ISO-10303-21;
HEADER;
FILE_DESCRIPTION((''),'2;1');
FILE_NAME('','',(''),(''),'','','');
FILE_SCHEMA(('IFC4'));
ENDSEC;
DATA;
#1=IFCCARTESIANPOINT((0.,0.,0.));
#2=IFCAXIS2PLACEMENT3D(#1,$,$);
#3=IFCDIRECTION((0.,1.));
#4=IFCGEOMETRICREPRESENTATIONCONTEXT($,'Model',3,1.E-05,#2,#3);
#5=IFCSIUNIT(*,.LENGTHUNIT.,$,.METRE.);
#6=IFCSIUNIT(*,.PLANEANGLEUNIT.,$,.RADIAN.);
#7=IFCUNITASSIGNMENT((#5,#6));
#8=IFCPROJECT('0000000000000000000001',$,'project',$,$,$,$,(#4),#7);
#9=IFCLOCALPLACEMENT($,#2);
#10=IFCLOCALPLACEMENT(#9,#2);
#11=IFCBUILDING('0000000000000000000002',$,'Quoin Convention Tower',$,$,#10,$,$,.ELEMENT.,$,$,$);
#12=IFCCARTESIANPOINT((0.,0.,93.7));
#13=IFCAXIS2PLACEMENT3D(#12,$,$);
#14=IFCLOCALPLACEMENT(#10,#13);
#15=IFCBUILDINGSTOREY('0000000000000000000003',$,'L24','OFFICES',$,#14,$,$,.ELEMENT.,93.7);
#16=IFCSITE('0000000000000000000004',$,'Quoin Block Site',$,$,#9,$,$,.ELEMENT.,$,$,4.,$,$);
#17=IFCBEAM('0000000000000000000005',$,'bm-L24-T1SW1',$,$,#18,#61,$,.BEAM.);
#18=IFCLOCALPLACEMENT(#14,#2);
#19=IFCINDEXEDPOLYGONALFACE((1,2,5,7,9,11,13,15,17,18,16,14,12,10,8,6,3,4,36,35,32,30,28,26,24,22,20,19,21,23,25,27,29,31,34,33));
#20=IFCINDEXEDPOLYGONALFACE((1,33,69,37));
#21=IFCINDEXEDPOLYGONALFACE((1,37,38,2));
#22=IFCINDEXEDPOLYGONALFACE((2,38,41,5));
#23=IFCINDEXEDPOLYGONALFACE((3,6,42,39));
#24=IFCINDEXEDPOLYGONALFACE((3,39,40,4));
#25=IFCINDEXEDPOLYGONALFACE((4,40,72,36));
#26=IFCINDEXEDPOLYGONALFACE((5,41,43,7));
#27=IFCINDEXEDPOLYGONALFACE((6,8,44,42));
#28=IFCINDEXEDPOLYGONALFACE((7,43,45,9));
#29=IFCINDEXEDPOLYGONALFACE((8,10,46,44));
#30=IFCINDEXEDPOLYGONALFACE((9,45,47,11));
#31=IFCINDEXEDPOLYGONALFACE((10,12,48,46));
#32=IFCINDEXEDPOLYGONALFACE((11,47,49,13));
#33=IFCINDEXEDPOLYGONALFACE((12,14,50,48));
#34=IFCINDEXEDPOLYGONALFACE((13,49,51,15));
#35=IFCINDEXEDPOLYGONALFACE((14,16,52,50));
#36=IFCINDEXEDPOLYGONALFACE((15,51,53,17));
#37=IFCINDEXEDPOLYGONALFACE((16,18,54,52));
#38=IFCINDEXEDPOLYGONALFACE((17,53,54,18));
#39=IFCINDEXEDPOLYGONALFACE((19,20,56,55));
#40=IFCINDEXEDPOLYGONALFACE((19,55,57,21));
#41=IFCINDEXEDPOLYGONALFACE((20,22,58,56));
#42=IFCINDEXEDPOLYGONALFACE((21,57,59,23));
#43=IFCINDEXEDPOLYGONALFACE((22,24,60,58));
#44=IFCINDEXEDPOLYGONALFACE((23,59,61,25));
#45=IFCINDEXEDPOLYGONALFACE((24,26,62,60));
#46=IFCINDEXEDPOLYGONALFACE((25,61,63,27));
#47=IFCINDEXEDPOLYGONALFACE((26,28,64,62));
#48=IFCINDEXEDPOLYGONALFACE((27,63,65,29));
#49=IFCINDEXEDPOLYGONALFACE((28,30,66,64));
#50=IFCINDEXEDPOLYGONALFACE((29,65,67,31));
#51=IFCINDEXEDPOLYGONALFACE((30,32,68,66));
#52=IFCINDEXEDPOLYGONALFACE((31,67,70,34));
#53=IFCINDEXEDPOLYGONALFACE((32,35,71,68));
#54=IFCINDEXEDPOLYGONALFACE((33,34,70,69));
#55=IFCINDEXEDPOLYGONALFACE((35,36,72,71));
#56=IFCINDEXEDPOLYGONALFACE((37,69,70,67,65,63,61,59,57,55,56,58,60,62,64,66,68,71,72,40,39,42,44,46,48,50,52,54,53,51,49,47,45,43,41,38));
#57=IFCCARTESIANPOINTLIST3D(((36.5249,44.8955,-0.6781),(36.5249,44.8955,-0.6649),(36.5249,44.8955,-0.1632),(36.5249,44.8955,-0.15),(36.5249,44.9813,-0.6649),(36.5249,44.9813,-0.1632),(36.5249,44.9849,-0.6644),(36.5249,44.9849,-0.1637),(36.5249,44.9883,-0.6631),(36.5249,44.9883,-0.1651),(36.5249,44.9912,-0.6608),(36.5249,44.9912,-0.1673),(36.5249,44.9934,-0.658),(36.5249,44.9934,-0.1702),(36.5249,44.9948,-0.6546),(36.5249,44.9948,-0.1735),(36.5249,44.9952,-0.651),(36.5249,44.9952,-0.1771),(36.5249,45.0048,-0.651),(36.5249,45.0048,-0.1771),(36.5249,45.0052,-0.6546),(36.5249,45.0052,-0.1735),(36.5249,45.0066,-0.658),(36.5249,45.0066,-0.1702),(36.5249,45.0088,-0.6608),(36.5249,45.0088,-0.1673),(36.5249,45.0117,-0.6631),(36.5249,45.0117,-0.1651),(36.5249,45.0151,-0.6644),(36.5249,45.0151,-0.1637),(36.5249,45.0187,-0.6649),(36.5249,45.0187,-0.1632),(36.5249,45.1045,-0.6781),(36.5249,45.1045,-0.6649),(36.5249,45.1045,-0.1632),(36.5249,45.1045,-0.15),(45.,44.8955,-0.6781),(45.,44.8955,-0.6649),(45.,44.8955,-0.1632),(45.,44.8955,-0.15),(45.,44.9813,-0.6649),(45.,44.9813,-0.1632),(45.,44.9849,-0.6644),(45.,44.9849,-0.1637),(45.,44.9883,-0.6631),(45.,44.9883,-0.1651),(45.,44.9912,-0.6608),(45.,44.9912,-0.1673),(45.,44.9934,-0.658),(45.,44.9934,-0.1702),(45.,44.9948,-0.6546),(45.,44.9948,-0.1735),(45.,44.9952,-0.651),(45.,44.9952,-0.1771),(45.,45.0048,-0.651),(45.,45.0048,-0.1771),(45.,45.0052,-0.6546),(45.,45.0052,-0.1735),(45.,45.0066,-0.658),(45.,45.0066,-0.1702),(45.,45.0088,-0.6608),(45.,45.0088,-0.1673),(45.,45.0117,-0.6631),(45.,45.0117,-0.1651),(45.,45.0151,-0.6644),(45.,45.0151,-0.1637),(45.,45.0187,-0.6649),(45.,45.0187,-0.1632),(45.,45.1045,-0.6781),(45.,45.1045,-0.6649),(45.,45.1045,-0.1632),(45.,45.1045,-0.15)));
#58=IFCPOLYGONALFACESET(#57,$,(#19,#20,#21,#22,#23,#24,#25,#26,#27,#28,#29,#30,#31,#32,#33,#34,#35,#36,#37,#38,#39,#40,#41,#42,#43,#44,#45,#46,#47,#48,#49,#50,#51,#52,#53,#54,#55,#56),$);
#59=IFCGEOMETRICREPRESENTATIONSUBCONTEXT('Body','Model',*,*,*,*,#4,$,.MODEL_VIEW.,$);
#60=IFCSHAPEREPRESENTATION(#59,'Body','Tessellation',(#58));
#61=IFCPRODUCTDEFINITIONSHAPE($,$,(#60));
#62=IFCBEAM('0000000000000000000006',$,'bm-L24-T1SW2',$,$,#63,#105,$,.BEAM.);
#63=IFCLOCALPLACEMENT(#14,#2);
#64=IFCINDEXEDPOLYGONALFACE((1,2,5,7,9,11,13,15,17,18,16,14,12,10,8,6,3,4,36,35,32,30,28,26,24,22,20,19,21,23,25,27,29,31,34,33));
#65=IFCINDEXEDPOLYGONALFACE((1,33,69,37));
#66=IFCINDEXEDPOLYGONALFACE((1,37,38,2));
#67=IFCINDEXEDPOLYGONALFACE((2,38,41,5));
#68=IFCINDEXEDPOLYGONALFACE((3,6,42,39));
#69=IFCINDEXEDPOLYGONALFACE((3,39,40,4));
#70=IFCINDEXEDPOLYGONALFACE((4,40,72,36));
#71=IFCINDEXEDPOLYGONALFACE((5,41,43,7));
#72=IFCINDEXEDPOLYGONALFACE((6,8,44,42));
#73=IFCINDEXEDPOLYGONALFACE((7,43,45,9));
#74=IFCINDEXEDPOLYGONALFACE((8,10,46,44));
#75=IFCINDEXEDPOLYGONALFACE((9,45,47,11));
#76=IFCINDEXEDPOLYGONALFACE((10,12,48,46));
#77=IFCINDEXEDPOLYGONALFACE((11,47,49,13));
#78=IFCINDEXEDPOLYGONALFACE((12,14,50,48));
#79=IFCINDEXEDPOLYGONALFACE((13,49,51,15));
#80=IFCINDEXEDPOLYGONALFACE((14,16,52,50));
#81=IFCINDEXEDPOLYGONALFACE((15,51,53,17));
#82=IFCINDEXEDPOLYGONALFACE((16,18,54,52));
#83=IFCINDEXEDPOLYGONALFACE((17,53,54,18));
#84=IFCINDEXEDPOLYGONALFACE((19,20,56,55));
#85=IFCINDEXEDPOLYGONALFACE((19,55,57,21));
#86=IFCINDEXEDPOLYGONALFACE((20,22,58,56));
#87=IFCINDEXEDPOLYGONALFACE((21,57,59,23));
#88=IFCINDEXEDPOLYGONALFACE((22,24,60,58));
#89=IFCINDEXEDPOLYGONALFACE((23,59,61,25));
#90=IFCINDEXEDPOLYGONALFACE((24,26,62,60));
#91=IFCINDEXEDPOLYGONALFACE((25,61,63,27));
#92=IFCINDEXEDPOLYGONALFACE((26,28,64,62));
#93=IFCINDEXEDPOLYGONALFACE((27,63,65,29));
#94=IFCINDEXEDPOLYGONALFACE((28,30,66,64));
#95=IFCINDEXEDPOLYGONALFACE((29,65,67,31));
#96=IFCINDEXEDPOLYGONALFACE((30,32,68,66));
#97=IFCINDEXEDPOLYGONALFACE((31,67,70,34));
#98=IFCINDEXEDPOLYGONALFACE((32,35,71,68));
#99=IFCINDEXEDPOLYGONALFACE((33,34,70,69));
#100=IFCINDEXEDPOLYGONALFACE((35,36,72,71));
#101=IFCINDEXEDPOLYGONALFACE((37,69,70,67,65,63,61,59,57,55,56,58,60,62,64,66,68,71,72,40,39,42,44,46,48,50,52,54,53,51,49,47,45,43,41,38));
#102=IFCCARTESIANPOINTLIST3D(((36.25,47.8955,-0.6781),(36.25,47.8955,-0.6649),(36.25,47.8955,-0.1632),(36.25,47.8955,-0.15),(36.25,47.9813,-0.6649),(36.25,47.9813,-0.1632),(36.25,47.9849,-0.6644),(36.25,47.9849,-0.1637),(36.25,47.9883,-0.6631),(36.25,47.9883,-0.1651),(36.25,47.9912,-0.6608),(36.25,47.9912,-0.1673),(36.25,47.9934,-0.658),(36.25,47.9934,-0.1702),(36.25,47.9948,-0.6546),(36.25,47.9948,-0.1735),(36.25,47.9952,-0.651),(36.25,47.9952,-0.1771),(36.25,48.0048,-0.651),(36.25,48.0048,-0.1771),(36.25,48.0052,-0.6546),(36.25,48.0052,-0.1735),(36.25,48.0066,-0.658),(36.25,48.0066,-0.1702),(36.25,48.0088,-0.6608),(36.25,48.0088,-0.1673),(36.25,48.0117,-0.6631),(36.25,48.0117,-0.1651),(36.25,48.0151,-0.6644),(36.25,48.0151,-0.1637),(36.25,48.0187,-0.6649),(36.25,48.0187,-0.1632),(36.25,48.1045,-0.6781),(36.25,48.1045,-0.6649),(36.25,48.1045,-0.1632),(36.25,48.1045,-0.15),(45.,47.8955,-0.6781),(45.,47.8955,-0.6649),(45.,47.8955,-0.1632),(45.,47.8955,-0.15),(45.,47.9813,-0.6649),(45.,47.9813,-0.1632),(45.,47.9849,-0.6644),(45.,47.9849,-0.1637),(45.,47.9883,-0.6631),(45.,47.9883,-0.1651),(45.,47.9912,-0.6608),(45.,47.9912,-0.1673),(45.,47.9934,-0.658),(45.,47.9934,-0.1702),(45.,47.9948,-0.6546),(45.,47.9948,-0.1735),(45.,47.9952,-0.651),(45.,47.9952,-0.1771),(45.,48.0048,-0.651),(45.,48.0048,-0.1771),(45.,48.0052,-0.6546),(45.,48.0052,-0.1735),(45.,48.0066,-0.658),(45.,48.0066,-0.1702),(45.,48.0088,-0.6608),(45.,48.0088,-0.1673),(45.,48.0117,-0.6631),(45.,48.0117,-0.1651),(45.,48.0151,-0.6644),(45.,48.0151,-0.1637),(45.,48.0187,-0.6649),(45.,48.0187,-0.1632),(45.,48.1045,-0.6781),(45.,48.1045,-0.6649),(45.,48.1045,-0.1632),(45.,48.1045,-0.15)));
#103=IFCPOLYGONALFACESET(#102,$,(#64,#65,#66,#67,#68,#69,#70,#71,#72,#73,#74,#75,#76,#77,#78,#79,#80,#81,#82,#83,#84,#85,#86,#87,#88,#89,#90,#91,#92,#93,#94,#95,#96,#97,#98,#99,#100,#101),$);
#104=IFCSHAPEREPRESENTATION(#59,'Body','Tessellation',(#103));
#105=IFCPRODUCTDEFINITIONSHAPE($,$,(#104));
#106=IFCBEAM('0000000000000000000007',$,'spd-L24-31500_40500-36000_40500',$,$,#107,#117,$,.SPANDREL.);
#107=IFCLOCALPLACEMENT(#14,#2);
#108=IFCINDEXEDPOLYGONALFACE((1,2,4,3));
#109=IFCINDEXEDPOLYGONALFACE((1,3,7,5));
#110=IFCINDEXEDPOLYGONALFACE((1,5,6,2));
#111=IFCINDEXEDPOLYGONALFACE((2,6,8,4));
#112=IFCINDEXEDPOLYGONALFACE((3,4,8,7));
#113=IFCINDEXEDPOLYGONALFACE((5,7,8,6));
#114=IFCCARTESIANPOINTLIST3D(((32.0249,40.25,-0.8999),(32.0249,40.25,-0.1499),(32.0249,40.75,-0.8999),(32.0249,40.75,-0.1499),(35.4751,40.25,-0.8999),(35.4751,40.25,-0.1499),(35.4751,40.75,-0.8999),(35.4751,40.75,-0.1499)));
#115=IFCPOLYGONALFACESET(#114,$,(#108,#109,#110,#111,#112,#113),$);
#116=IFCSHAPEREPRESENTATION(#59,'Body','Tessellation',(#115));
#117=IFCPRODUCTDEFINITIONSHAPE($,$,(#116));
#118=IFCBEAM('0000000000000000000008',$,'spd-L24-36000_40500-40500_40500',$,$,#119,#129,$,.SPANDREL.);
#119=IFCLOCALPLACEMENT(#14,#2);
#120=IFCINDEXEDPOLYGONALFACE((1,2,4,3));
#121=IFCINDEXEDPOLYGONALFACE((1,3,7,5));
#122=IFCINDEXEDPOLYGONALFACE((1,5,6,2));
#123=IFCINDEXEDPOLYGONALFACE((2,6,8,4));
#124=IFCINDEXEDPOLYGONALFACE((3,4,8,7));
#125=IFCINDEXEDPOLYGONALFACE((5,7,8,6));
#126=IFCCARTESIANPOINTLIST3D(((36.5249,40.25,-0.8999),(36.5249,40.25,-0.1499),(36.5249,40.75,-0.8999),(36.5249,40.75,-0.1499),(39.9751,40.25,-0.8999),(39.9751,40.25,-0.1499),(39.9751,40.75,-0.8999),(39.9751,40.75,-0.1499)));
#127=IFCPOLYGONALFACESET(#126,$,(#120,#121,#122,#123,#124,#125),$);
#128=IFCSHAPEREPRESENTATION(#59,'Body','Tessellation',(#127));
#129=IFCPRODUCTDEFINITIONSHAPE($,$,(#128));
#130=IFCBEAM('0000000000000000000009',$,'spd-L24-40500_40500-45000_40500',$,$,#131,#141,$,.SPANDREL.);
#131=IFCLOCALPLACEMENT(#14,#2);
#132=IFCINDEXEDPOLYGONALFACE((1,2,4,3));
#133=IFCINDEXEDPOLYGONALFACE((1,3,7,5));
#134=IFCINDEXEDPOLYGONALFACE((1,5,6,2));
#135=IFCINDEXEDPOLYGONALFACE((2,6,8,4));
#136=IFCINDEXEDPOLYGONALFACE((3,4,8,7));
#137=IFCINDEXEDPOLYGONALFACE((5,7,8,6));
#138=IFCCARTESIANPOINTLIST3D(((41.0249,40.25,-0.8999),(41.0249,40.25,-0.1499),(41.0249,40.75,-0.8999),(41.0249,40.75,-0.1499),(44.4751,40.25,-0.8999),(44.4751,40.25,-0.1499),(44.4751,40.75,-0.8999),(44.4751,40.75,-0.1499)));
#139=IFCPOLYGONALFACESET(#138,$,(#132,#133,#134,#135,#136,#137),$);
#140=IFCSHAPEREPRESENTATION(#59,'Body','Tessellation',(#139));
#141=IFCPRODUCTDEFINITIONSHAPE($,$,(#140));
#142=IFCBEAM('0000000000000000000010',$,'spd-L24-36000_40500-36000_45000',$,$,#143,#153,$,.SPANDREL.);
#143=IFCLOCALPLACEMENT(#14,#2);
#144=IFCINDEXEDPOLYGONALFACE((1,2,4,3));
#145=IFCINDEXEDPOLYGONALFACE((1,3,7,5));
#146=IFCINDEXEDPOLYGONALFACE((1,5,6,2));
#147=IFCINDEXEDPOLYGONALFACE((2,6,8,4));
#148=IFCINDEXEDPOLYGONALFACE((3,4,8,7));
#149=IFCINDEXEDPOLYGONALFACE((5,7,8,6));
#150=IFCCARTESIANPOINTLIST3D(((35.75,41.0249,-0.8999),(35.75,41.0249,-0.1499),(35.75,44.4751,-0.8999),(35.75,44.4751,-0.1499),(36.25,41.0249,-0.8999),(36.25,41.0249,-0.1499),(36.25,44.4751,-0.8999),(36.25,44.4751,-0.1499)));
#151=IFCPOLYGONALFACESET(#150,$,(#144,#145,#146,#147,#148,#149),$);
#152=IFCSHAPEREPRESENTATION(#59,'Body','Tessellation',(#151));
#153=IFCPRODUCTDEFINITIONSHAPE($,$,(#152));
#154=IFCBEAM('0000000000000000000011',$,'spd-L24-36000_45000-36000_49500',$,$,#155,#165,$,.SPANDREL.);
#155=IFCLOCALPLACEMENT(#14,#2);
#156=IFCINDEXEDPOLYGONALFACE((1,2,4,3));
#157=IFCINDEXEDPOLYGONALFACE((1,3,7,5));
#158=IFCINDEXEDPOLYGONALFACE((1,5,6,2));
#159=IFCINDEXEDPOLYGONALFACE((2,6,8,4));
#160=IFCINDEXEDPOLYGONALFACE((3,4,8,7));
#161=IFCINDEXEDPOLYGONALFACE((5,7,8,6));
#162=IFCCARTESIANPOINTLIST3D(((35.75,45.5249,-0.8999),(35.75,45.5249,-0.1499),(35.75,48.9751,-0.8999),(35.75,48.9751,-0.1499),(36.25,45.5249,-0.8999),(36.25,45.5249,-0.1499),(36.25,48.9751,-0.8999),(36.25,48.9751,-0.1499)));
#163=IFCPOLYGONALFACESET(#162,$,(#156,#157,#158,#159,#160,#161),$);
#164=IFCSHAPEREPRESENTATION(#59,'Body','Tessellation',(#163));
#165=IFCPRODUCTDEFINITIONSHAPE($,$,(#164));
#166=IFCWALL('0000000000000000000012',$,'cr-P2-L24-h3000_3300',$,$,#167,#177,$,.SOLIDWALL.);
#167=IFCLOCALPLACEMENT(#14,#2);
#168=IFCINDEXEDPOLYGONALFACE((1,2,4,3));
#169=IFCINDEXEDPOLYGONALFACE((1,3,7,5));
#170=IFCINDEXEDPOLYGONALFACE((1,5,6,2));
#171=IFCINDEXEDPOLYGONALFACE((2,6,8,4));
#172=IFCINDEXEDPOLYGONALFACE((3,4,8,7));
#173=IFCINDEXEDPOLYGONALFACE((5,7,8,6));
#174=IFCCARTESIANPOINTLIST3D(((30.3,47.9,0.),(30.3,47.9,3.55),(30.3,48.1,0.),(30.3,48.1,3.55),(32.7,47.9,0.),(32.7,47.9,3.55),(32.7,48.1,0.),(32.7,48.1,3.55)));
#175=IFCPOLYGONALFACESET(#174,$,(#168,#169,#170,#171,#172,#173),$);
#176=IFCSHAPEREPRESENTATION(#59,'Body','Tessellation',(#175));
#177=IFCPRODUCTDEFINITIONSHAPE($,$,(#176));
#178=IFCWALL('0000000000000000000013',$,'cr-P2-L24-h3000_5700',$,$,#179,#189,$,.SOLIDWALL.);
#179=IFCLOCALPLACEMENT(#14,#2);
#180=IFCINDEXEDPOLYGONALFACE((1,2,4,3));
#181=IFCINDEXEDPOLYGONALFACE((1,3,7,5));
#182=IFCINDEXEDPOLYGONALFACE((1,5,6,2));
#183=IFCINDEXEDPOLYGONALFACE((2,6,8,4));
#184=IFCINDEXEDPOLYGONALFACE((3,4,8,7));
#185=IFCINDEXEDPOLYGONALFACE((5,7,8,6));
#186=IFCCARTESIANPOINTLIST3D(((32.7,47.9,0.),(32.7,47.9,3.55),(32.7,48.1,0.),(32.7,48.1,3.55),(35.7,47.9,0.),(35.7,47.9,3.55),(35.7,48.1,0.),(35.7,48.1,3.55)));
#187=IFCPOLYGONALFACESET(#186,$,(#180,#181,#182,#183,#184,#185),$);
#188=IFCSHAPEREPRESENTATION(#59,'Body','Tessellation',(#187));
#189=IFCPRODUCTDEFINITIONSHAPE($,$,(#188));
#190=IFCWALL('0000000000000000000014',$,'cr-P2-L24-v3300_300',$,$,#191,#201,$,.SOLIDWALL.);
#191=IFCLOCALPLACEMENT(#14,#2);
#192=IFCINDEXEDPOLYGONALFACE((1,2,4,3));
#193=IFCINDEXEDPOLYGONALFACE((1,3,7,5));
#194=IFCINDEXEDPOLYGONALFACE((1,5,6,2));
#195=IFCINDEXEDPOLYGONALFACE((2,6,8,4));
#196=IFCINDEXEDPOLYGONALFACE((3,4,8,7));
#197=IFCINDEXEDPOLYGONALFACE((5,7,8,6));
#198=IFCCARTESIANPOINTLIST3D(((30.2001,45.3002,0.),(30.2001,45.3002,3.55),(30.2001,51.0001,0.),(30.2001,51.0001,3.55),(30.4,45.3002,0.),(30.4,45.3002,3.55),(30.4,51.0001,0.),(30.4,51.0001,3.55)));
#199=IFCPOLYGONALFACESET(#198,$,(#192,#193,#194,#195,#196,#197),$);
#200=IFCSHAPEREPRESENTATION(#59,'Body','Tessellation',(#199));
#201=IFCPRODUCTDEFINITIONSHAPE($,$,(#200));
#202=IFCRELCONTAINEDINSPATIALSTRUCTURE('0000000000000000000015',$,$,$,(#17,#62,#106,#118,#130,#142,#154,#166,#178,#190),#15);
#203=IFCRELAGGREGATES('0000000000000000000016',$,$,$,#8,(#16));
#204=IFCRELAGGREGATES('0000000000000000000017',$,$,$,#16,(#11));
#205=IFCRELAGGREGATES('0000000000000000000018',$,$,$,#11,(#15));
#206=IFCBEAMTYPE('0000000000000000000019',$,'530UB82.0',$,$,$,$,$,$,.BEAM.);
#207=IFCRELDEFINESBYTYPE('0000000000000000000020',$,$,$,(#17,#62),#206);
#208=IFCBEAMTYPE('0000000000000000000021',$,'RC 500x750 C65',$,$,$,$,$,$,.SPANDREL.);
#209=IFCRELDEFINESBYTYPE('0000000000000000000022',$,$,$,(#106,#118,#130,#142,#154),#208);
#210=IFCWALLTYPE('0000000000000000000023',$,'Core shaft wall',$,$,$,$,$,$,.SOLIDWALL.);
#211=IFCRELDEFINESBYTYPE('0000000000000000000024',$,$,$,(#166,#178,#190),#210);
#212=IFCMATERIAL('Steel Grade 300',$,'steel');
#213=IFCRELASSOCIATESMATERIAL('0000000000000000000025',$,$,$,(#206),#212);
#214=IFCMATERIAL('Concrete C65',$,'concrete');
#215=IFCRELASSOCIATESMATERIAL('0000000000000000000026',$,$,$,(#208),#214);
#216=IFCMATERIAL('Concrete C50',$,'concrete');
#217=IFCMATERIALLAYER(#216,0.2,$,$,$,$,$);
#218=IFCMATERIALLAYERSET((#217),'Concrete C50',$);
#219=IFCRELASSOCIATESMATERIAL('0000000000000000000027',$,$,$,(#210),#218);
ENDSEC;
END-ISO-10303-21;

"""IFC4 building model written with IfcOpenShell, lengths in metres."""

from ifc_helpers import new_model, si_unit, direction, frame, frame_2d, origin, origin_2d, place, context, subcontext, project, spatial, rectangle, i_section, extrude, material, layer, layer_set, material_profile, profile_set, type_object, element, save


model = new_model("IFC4")

# Units and contexts
model_context = context("Model", 3, precision=1e-05, world=origin(), true_north=direction((0.0, 1.0)))
body_context = subcontext(model_context, "Body", "Model", "MODEL_VIEW")
ifc_project = project(units=[si_unit("LENGTHUNIT", "METRE"), si_unit("PLANEANGLEUNIT", "RADIAN")], contexts=[model_context])

# Site, building, storey
site_placement = place(None, origin())
site = spatial("IfcSite", under=ifc_project, at=site_placement, Name="Quoin Block Site", CompositionType="ELEMENT", RefElevation=4.0)
building_placement = place(site_placement, origin())
building = spatial("IfcBuilding", under=site, at=building_placement, Name="Quoin Convention Tower", CompositionType="ELEMENT")
storey_placement = place(building_placement, frame((0.0, 0.0, 93.7)))
storey = spatial("IfcBuildingStorey", under=building, at=storey_placement, Name="L24", Description="OFFICES", CompositionType="ELEMENT", Elevation=93.7)

# Shared definitions
ifc_material_1 = material(Name="Concrete C65", Category="concrete")

# Beams
ifc_material_2 = material(Name="Steel Grade 300", Category="steel")
ifc_material_profile_1 = material_profile(ifc_material_2, i_section(OverallWidth=0.209, OverallDepth=0.5281, WebThickness=0.0095, FlangeThickness=0.0132, FilletRadius=0.0139, at=origin_2d()), Name="530UB82.0")
ifc_profile_set_1 = profile_set([ifc_material_profile_1], Name="Steel Grade 300")
beam_type_1 = type_object("IfcBeamType", Name="530UB82.0", PredefinedType="BEAM", material=ifc_profile_set_1)
beam_1_placement = place(storey_placement, frame((36.5249, 45.0, -0.4141), z_axis=(1.0, 0.0, 0.0), x_axis=(0.0, 1.0, 0.0)))
element("IfcBeam", 1, at=beam_1_placement, inside=storey, type_object=beam_type_1, Name="bm-L24-T1SW1", PredefinedType="BEAM", context=body_context, shape_type="SweptSolid", body=[
    extrude(i_section(OverallWidth=0.209, OverallDepth=0.5281, WebThickness=0.0095, FlangeThickness=0.0132, FilletRadius=0.0139, at=origin_2d()), origin(), (0.0, 0.0, 1.0), 8.4751),
])
beam_2_placement = place(storey_placement, frame((36.25, 48.0, -0.4141), z_axis=(1.0, 0.0, 0.0), x_axis=(0.0, 1.0, 0.0)))
element("IfcBeam", 2, at=beam_2_placement, inside=storey, type_object=beam_type_1, Name="bm-L24-T1SW2", PredefinedType="BEAM", context=body_context, shape_type="SweptSolid", body=[
    extrude(i_section(OverallWidth=0.209, OverallDepth=0.5281, WebThickness=0.0095, FlangeThickness=0.0132, FilletRadius=0.0139, at=origin_2d()), origin(), (0.0, 0.0, 1.0), 8.75),
])
ifc_material_profile_2 = material_profile(ifc_material_1, rectangle(XDim=0.5, YDim=0.75, at=origin_2d()), Name="RC 500x750")
ifc_profile_set_2 = profile_set([ifc_material_profile_2], Name="Concrete C65")
beam_type_2 = type_object("IfcBeamType", Name="RC 500x750 C65", PredefinedType="SPANDREL", material=ifc_profile_set_2)
for number, where, z_axis, x_axis, name in (
    (3, (32.0249, 40.5, -0.5249), (1.0, 0.0, 0.0), (0.0, 1.0, 0.0), "spd-L24-31500_40500-36000_40500"),
    (4, (36.5249, 40.5, -0.5249), (1.0, 0.0, 0.0), (0.0, 1.0, 0.0), "spd-L24-36000_40500-40500_40500"),
    (5, (41.0249, 40.5, -0.5249), (1.0, 0.0, 0.0), (0.0, 1.0, 0.0), "spd-L24-40500_40500-45000_40500"),
    (6, (36.0, 41.0249, -0.5249), (0.0, 1.0, 0.0), (-1.0, 0.0, 0.0), "spd-L24-36000_40500-36000_45000"),
    (7, (36.0, 45.5249, -0.5249), (0.0, 1.0, 0.0), (-1.0, 0.0, 0.0), "spd-L24-36000_45000-36000_49500"),
):
    element("IfcBeam", number, at=place(storey_placement, frame(where, z_axis=z_axis, x_axis=x_axis)), inside=storey, type_object=beam_type_2, Name=name, PredefinedType="SPANDREL", context=body_context, shape_type="SweptSolid", body=[
        extrude(rectangle(XDim=0.5, YDim=0.75, at=origin_2d()), origin(), (0.0, 0.0, 1.0), 3.4502),
    ])

# Walls
ifc_material_3 = material(Name="Concrete C50", Category="concrete")
ifc_layer_1 = layer(ifc_material_3, 0.2)
ifc_layer_set_1 = layer_set([ifc_layer_1], Name="Concrete C50")
wall_type_1 = type_object("IfcWallType", Name="Core shaft wall", PredefinedType="SOLIDWALL", material=ifc_layer_set_1)
wall_1_placement = place(storey_placement, frame((30.3, 48.0, 0.0), z_axis=(0.0, 0.0, 1.0), x_axis=(1.0, 0.0, 0.0)))
element("IfcWall", 8, at=wall_1_placement, inside=storey, type_object=wall_type_1, Name="cr-P2-L24-h3000_3300", PredefinedType="SOLIDWALL", context=body_context, shape_type="SweptSolid", body=[
    extrude(rectangle(XDim=2.3999, YDim=0.2, at=frame_2d((1.2, 0.0))), origin(), (0.0, 0.0, 1.0), 3.55),
])
wall_2_placement = place(storey_placement, frame((32.7, 48.0, 0.0), z_axis=(0.0, 0.0, 1.0), x_axis=(1.0, 0.0, 0.0)))
element("IfcWall", 9, at=wall_2_placement, inside=storey, type_object=wall_type_1, Name="cr-P2-L24-h3000_5700", PredefinedType="SOLIDWALL", context=body_context, shape_type="SweptSolid", body=[
    extrude(rectangle(XDim=3.0, YDim=0.2, at=frame_2d((1.5, 0.0))), origin(), (0.0, 0.0, 1.0), 3.55),
])
for number, where, z_axis, x_axis, name in (
    (10, (30.3, 45.3, 0.0), (0.0, 0.0, 1.0), (0.0, 1.0, 0.0), "cr-P2-L24-v3300_300"),
):
    element("IfcWall", number, at=place(storey_placement, frame(where, z_axis=z_axis, x_axis=x_axis)), inside=storey, type_object=wall_type_1, Name=name, PredefinedType="SOLIDWALL", context=body_context, shape_type="SweptSolid", body=[
        extrude(rectangle(XDim=5.7, YDim=0.2, at=frame_2d((2.8501, 0.0))), origin(), (0.0, 0.0, 1.0), 3.55),
    ])

save(model, "model.ifc")
